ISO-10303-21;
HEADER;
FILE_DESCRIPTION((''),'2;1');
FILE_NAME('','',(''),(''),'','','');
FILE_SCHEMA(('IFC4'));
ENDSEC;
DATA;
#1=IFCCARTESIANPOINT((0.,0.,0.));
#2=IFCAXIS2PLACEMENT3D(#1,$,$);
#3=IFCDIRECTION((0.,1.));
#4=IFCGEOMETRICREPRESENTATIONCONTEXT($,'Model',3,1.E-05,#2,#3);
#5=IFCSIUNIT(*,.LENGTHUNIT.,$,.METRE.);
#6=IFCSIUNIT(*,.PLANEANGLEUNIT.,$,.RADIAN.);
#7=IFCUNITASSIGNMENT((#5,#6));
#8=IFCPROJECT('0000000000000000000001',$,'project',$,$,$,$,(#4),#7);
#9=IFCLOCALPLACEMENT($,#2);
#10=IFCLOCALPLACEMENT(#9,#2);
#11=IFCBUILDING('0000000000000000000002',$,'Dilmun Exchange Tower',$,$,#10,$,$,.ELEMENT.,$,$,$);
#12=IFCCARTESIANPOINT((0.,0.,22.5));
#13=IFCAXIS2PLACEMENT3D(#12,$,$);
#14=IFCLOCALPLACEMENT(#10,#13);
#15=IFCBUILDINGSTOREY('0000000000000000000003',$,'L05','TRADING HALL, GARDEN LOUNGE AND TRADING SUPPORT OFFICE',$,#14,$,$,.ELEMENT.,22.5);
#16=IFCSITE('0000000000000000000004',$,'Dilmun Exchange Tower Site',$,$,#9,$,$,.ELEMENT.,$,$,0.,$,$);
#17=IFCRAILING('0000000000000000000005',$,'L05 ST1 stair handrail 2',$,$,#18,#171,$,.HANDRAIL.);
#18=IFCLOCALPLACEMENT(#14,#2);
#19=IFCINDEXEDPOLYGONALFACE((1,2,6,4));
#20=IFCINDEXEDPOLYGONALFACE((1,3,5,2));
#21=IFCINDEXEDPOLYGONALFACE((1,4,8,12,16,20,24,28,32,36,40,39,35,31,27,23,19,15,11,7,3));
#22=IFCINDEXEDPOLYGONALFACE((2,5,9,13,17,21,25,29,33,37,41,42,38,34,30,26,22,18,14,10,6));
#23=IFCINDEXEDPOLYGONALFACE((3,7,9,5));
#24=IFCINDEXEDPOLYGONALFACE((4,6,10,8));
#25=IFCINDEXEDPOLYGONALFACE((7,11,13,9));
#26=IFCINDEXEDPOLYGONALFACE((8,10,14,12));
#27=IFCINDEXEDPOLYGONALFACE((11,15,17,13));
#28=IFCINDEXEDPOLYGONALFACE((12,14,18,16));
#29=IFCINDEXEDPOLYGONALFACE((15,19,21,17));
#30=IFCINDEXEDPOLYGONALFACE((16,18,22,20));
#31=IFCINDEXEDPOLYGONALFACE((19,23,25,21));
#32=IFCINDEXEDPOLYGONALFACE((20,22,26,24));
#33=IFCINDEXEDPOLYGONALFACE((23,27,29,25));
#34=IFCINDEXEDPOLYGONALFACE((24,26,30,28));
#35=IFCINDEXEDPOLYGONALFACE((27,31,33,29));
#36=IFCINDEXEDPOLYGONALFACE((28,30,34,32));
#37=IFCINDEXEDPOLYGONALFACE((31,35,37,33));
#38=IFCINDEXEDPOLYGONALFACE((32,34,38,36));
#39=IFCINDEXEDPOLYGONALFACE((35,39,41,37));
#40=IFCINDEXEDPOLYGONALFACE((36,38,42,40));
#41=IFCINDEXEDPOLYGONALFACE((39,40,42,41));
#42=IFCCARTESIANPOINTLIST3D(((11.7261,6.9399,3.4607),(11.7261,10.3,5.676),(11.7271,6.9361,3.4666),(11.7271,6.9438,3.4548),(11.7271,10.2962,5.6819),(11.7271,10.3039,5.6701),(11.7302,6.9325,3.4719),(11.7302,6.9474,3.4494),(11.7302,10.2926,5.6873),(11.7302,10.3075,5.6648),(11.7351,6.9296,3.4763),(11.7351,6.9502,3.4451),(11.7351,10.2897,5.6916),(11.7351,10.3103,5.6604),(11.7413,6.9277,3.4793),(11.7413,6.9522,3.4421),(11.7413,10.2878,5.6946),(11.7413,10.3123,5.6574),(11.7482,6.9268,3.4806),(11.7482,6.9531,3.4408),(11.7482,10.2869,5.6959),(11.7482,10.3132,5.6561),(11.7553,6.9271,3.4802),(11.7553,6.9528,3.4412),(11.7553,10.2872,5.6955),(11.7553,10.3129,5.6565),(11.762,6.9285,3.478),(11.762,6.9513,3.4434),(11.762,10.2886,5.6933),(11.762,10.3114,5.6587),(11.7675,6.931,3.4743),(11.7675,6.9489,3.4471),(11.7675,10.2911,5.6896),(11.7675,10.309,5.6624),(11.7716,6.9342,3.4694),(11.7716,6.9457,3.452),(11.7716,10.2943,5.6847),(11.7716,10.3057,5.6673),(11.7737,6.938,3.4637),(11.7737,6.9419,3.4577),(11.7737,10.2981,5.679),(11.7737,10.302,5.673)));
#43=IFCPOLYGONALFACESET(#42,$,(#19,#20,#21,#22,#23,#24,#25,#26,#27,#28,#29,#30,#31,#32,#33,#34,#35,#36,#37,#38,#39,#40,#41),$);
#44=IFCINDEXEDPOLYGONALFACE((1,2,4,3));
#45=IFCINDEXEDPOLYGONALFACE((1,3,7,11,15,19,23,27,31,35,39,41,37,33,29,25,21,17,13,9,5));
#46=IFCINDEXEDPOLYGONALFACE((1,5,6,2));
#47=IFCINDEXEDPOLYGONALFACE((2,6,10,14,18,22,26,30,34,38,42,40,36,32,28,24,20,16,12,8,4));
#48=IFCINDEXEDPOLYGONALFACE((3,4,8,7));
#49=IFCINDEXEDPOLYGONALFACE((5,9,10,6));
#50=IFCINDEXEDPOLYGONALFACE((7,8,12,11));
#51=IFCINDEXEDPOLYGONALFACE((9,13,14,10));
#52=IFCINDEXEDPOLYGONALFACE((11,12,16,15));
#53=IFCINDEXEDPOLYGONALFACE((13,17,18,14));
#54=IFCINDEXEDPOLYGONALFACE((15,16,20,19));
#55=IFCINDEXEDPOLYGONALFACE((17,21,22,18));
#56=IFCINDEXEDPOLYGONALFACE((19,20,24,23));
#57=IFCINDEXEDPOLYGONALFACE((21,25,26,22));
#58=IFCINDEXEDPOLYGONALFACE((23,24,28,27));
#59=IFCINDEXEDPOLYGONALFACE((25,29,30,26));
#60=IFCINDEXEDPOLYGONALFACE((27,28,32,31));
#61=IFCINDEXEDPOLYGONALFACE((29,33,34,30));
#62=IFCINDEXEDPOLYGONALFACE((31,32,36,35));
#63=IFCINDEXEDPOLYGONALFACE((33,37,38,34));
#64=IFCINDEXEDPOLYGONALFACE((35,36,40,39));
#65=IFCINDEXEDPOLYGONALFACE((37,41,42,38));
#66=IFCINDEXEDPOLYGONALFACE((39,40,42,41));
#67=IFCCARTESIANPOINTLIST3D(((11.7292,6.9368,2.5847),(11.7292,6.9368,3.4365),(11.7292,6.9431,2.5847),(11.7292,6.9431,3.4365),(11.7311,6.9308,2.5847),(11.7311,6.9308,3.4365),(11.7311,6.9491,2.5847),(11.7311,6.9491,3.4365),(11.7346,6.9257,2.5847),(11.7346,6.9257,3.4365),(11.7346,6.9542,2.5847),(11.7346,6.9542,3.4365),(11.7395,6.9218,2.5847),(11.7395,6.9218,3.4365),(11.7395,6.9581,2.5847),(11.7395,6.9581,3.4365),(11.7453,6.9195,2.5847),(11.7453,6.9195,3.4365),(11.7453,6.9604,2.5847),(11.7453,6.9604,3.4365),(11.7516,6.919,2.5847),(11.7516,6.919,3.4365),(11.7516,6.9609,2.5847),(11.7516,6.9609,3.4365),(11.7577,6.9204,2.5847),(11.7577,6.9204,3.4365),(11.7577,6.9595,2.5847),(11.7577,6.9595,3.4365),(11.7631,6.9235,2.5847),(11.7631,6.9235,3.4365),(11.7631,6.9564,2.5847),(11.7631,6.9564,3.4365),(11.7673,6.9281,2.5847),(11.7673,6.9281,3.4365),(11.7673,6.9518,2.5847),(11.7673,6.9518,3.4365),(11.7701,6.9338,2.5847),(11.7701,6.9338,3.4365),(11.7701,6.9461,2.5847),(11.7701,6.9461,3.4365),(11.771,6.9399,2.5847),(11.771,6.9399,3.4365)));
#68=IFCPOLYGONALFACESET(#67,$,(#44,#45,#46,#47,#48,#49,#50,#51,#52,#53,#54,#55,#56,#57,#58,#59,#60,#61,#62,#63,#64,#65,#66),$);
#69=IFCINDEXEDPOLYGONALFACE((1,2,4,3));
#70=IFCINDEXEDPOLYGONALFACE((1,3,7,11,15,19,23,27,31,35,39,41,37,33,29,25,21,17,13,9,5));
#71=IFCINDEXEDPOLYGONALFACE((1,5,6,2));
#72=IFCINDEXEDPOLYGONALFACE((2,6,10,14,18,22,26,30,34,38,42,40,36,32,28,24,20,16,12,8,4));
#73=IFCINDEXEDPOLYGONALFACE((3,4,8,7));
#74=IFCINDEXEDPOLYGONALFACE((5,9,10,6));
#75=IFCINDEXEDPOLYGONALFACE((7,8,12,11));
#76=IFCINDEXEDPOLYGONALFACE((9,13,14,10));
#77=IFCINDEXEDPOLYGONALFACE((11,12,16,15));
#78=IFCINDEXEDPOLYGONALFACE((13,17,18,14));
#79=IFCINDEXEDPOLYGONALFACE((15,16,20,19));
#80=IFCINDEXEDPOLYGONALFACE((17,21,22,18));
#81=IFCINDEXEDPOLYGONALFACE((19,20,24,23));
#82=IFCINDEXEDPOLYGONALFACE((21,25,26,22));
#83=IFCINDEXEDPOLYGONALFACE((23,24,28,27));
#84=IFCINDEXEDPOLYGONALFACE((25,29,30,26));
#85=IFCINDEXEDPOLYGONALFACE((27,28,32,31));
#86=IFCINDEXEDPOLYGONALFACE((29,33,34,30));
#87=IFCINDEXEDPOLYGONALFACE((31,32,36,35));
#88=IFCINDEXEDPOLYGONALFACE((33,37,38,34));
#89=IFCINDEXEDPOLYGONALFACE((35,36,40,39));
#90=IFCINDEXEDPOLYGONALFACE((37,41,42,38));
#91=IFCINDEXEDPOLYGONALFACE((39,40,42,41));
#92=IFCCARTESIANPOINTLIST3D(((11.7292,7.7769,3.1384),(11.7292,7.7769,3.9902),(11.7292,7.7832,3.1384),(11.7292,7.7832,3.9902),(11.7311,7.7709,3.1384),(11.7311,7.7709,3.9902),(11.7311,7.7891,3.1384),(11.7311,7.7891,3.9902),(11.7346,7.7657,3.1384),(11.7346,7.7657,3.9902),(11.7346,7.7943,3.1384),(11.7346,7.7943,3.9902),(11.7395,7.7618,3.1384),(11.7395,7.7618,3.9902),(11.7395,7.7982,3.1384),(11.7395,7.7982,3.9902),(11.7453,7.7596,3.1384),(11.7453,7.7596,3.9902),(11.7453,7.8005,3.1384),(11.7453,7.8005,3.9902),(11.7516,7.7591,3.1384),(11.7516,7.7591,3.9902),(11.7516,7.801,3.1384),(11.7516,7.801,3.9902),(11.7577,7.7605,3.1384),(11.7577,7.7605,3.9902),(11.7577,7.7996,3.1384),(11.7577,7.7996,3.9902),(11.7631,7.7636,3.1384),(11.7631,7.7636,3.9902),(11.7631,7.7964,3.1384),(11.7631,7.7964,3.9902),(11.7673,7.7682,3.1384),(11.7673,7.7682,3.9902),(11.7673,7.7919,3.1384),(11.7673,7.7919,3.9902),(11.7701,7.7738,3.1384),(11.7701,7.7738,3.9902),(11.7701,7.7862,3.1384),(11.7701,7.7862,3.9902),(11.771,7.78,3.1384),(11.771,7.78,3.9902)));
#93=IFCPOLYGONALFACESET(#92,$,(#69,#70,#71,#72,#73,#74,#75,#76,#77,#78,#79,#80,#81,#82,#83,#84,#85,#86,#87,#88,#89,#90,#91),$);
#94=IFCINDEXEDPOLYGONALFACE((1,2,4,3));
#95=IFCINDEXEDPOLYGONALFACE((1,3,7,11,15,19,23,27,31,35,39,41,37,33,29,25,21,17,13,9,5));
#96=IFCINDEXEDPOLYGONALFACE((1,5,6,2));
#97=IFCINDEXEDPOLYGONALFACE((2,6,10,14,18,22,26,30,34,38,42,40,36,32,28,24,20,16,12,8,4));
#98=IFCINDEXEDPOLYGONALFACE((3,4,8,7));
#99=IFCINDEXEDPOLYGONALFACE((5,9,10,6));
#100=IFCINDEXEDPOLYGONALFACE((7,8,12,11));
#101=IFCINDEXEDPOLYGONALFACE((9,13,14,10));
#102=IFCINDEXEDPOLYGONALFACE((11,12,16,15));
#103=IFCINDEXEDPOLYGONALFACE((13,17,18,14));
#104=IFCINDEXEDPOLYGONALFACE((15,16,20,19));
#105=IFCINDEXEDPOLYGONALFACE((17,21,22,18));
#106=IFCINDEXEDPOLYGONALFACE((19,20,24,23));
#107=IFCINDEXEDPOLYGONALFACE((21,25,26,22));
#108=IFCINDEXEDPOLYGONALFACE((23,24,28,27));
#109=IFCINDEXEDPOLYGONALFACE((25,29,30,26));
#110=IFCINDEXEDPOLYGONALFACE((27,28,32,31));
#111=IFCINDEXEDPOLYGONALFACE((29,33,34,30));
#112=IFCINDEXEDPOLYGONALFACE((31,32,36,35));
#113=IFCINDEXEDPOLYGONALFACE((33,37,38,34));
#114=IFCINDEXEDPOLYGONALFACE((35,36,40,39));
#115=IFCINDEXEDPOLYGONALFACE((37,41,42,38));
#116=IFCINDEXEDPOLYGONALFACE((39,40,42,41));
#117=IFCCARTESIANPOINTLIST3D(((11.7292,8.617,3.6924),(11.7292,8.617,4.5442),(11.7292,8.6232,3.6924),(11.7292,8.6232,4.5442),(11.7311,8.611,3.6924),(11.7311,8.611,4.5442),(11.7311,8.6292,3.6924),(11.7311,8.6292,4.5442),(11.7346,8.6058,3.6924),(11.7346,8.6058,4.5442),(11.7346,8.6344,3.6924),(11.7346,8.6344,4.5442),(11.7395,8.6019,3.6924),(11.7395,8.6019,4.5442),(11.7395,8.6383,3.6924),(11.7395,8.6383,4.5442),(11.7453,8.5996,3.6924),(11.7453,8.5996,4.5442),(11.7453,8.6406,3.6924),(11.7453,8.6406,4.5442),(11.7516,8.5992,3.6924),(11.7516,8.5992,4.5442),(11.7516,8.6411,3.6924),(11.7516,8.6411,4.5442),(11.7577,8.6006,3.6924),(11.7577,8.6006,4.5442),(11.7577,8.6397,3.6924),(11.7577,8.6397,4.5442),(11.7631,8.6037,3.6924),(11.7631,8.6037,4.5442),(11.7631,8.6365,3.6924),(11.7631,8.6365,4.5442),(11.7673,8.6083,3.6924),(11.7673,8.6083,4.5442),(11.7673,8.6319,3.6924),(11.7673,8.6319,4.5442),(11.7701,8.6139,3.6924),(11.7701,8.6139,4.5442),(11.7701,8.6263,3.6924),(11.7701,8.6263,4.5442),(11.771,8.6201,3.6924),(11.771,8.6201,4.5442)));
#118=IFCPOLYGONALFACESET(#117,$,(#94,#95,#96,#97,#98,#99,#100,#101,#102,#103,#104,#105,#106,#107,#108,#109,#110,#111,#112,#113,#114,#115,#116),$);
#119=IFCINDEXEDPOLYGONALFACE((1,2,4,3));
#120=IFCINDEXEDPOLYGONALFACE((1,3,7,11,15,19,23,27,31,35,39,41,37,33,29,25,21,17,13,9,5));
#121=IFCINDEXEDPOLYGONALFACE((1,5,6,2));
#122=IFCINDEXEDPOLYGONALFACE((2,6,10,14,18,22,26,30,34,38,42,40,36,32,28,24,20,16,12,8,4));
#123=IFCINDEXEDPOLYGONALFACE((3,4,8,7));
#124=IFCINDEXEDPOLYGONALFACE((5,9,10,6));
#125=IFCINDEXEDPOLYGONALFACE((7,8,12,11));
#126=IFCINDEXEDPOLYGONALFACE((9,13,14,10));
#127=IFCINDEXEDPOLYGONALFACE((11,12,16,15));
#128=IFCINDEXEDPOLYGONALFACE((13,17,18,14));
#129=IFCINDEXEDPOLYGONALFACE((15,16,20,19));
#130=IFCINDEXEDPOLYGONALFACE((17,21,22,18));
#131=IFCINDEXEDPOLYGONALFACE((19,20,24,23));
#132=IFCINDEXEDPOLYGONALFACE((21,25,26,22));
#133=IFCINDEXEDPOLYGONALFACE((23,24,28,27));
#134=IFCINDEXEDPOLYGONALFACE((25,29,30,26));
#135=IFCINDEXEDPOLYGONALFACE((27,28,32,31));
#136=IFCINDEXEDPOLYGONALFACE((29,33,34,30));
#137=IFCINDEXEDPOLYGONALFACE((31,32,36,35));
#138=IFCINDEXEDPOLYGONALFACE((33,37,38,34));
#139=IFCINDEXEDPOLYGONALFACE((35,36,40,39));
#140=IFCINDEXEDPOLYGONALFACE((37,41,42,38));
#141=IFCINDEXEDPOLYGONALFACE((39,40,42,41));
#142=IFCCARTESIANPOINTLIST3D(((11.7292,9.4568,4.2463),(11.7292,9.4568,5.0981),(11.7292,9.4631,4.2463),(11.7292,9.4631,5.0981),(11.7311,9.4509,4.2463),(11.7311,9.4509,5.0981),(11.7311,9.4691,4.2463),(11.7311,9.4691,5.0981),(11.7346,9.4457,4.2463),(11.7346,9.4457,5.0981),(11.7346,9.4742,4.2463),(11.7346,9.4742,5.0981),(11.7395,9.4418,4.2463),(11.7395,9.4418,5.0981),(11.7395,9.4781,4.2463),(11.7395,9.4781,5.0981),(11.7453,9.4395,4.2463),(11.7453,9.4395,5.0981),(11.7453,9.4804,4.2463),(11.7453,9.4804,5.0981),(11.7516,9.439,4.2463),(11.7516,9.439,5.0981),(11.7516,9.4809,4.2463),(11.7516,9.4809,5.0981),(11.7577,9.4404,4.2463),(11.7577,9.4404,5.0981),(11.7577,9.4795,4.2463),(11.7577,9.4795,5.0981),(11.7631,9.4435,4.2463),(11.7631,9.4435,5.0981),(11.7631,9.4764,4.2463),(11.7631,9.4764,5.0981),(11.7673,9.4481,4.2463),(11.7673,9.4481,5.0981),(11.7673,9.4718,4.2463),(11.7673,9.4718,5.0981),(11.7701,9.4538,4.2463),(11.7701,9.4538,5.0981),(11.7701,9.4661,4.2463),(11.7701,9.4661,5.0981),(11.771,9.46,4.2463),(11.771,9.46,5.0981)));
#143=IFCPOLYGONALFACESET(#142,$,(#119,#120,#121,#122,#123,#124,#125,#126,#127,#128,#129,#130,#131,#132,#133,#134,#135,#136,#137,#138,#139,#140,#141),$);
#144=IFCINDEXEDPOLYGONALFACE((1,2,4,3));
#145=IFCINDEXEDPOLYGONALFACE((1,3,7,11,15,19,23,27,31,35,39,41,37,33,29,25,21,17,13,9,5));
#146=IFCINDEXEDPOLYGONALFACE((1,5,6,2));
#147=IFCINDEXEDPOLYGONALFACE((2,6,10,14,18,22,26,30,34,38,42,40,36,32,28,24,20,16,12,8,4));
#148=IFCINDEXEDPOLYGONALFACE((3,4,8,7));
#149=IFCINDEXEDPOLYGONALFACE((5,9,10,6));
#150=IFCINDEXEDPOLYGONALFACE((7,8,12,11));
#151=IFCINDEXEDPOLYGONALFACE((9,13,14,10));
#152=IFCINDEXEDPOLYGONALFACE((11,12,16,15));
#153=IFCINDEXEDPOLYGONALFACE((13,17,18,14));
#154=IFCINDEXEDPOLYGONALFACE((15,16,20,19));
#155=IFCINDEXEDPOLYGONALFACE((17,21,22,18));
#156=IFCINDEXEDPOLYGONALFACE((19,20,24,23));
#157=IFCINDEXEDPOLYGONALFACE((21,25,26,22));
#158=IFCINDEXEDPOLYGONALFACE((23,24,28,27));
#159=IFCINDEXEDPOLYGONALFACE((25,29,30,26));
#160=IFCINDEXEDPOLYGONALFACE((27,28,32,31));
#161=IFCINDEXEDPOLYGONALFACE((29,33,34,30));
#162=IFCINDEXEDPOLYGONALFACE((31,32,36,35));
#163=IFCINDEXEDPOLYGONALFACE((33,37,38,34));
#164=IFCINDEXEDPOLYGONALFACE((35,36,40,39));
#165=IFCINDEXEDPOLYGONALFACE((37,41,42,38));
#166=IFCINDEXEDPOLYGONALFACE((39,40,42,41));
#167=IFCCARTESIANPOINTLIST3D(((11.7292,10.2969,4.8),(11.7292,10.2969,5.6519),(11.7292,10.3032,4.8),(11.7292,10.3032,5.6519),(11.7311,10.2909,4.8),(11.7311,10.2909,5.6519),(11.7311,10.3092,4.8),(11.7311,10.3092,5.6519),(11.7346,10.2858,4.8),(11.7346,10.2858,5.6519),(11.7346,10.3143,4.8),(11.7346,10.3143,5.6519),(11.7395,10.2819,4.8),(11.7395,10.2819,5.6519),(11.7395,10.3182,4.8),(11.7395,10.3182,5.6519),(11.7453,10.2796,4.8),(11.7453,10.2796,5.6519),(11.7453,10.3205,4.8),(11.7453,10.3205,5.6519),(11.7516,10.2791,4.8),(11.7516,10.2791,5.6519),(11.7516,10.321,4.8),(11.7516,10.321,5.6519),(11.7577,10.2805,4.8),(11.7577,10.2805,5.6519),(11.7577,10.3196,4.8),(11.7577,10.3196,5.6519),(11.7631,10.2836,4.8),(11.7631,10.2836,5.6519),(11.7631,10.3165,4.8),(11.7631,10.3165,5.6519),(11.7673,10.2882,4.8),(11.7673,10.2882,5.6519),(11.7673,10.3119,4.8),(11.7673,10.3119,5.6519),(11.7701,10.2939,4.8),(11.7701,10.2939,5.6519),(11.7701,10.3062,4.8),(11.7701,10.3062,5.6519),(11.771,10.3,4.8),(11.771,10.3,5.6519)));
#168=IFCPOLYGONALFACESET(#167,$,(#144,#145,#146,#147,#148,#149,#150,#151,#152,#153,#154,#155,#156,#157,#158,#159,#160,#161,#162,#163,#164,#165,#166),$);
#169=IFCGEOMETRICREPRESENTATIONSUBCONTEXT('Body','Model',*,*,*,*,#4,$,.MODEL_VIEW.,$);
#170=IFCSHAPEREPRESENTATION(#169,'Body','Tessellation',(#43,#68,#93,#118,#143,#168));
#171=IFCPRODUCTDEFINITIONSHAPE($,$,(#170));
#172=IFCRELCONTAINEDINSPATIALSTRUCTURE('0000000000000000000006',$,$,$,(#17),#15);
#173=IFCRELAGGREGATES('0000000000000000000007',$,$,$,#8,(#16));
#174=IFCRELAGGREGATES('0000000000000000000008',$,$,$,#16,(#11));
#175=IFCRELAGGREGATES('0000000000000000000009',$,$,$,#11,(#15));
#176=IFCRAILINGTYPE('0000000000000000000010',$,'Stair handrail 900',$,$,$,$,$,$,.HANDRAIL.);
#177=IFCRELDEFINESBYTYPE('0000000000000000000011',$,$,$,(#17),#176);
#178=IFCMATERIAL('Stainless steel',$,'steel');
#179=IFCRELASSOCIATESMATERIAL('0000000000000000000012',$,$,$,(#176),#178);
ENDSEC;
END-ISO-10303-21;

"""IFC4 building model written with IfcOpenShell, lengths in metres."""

from ifc_helpers import new_model, si_unit, direction, frame, origin, origin_2d, place, context, subcontext, project, spatial, circle, extrude, material, type_object, element, save


model = new_model("IFC4")

# Units and contexts
model_context = context("Model", 3, precision=1e-05, world=origin(), true_north=direction((0.0, 1.0)))
body_context = subcontext(model_context, "Body", "Model", "MODEL_VIEW")
ifc_project = project(units=[si_unit("LENGTHUNIT", "METRE"), si_unit("PLANEANGLEUNIT", "RADIAN")], contexts=[model_context])

# Site, building, storey
site_placement = place(None, origin())
site = spatial("IfcSite", under=ifc_project, at=site_placement, Name="Dilmun Exchange Tower Site", CompositionType="ELEMENT", RefElevation=0.0)
building_placement = place(site_placement, origin())
building = spatial("IfcBuilding", under=site, at=building_placement, Name="Dilmun Exchange Tower", CompositionType="ELEMENT")
storey_placement = place(building_placement, frame((0.0, 0.0, 22.5)))
storey = spatial("IfcBuildingStorey", under=building, at=storey_placement, Name="L05", Description="TRADING HALL, GARDEN LOUNGE AND TRADING SUPPORT OFFICE", CompositionType="ELEMENT", Elevation=22.5)

# Railing
ifc_material_1 = material(Name="Stainless steel", Category="steel")
railing_type = type_object("IfcRailingType", Name="Stair handrail 900", PredefinedType="HANDRAIL", material=ifc_material_1)
railing_placement = place(storey_placement, frame((11.75, 6.9399, 2.5847)))
element("IfcRailing", 1, at=railing_placement, inside=storey, type_object=railing_type, Name="L05 ST1 stair handrail 2", PredefinedType="HANDRAIL", context=body_context, shape_type="SweptSolid", body=[
    extrude(circle(Radius=0.0239, at=origin_2d()), frame((0.0, 0.0, 0.876), z_axis=(0.0, 0.834876, 0.550437), x_axis=(-1.0, 0.0, 0.0)), (0.0, 0.0, 1.0), 4.0247),
    extrude(circle(Radius=0.021, at=origin_2d()), origin(), (0.0, 0.0, 1.0), 0.8518),
    extrude(circle(Radius=0.021, at=origin_2d()), frame((0.0, 0.8401, 0.5537)), (0.0, 0.0, 1.0), 0.8518),
    extrude(circle(Radius=0.021, at=origin_2d()), frame((0.0, 1.6802, 1.1077)), (0.0, 0.0, 1.0), 0.8518),
    extrude(circle(Radius=0.021, at=origin_2d()), frame((0.0, 2.52, 1.6616)), (0.0, 0.0, 1.0), 0.8518),
    extrude(circle(Radius=0.021, at=origin_2d()), frame((0.0, 3.3601, 2.2153)), (0.0, 0.0, 1.0), 0.8518),
])

save(model, "model.ifc")
